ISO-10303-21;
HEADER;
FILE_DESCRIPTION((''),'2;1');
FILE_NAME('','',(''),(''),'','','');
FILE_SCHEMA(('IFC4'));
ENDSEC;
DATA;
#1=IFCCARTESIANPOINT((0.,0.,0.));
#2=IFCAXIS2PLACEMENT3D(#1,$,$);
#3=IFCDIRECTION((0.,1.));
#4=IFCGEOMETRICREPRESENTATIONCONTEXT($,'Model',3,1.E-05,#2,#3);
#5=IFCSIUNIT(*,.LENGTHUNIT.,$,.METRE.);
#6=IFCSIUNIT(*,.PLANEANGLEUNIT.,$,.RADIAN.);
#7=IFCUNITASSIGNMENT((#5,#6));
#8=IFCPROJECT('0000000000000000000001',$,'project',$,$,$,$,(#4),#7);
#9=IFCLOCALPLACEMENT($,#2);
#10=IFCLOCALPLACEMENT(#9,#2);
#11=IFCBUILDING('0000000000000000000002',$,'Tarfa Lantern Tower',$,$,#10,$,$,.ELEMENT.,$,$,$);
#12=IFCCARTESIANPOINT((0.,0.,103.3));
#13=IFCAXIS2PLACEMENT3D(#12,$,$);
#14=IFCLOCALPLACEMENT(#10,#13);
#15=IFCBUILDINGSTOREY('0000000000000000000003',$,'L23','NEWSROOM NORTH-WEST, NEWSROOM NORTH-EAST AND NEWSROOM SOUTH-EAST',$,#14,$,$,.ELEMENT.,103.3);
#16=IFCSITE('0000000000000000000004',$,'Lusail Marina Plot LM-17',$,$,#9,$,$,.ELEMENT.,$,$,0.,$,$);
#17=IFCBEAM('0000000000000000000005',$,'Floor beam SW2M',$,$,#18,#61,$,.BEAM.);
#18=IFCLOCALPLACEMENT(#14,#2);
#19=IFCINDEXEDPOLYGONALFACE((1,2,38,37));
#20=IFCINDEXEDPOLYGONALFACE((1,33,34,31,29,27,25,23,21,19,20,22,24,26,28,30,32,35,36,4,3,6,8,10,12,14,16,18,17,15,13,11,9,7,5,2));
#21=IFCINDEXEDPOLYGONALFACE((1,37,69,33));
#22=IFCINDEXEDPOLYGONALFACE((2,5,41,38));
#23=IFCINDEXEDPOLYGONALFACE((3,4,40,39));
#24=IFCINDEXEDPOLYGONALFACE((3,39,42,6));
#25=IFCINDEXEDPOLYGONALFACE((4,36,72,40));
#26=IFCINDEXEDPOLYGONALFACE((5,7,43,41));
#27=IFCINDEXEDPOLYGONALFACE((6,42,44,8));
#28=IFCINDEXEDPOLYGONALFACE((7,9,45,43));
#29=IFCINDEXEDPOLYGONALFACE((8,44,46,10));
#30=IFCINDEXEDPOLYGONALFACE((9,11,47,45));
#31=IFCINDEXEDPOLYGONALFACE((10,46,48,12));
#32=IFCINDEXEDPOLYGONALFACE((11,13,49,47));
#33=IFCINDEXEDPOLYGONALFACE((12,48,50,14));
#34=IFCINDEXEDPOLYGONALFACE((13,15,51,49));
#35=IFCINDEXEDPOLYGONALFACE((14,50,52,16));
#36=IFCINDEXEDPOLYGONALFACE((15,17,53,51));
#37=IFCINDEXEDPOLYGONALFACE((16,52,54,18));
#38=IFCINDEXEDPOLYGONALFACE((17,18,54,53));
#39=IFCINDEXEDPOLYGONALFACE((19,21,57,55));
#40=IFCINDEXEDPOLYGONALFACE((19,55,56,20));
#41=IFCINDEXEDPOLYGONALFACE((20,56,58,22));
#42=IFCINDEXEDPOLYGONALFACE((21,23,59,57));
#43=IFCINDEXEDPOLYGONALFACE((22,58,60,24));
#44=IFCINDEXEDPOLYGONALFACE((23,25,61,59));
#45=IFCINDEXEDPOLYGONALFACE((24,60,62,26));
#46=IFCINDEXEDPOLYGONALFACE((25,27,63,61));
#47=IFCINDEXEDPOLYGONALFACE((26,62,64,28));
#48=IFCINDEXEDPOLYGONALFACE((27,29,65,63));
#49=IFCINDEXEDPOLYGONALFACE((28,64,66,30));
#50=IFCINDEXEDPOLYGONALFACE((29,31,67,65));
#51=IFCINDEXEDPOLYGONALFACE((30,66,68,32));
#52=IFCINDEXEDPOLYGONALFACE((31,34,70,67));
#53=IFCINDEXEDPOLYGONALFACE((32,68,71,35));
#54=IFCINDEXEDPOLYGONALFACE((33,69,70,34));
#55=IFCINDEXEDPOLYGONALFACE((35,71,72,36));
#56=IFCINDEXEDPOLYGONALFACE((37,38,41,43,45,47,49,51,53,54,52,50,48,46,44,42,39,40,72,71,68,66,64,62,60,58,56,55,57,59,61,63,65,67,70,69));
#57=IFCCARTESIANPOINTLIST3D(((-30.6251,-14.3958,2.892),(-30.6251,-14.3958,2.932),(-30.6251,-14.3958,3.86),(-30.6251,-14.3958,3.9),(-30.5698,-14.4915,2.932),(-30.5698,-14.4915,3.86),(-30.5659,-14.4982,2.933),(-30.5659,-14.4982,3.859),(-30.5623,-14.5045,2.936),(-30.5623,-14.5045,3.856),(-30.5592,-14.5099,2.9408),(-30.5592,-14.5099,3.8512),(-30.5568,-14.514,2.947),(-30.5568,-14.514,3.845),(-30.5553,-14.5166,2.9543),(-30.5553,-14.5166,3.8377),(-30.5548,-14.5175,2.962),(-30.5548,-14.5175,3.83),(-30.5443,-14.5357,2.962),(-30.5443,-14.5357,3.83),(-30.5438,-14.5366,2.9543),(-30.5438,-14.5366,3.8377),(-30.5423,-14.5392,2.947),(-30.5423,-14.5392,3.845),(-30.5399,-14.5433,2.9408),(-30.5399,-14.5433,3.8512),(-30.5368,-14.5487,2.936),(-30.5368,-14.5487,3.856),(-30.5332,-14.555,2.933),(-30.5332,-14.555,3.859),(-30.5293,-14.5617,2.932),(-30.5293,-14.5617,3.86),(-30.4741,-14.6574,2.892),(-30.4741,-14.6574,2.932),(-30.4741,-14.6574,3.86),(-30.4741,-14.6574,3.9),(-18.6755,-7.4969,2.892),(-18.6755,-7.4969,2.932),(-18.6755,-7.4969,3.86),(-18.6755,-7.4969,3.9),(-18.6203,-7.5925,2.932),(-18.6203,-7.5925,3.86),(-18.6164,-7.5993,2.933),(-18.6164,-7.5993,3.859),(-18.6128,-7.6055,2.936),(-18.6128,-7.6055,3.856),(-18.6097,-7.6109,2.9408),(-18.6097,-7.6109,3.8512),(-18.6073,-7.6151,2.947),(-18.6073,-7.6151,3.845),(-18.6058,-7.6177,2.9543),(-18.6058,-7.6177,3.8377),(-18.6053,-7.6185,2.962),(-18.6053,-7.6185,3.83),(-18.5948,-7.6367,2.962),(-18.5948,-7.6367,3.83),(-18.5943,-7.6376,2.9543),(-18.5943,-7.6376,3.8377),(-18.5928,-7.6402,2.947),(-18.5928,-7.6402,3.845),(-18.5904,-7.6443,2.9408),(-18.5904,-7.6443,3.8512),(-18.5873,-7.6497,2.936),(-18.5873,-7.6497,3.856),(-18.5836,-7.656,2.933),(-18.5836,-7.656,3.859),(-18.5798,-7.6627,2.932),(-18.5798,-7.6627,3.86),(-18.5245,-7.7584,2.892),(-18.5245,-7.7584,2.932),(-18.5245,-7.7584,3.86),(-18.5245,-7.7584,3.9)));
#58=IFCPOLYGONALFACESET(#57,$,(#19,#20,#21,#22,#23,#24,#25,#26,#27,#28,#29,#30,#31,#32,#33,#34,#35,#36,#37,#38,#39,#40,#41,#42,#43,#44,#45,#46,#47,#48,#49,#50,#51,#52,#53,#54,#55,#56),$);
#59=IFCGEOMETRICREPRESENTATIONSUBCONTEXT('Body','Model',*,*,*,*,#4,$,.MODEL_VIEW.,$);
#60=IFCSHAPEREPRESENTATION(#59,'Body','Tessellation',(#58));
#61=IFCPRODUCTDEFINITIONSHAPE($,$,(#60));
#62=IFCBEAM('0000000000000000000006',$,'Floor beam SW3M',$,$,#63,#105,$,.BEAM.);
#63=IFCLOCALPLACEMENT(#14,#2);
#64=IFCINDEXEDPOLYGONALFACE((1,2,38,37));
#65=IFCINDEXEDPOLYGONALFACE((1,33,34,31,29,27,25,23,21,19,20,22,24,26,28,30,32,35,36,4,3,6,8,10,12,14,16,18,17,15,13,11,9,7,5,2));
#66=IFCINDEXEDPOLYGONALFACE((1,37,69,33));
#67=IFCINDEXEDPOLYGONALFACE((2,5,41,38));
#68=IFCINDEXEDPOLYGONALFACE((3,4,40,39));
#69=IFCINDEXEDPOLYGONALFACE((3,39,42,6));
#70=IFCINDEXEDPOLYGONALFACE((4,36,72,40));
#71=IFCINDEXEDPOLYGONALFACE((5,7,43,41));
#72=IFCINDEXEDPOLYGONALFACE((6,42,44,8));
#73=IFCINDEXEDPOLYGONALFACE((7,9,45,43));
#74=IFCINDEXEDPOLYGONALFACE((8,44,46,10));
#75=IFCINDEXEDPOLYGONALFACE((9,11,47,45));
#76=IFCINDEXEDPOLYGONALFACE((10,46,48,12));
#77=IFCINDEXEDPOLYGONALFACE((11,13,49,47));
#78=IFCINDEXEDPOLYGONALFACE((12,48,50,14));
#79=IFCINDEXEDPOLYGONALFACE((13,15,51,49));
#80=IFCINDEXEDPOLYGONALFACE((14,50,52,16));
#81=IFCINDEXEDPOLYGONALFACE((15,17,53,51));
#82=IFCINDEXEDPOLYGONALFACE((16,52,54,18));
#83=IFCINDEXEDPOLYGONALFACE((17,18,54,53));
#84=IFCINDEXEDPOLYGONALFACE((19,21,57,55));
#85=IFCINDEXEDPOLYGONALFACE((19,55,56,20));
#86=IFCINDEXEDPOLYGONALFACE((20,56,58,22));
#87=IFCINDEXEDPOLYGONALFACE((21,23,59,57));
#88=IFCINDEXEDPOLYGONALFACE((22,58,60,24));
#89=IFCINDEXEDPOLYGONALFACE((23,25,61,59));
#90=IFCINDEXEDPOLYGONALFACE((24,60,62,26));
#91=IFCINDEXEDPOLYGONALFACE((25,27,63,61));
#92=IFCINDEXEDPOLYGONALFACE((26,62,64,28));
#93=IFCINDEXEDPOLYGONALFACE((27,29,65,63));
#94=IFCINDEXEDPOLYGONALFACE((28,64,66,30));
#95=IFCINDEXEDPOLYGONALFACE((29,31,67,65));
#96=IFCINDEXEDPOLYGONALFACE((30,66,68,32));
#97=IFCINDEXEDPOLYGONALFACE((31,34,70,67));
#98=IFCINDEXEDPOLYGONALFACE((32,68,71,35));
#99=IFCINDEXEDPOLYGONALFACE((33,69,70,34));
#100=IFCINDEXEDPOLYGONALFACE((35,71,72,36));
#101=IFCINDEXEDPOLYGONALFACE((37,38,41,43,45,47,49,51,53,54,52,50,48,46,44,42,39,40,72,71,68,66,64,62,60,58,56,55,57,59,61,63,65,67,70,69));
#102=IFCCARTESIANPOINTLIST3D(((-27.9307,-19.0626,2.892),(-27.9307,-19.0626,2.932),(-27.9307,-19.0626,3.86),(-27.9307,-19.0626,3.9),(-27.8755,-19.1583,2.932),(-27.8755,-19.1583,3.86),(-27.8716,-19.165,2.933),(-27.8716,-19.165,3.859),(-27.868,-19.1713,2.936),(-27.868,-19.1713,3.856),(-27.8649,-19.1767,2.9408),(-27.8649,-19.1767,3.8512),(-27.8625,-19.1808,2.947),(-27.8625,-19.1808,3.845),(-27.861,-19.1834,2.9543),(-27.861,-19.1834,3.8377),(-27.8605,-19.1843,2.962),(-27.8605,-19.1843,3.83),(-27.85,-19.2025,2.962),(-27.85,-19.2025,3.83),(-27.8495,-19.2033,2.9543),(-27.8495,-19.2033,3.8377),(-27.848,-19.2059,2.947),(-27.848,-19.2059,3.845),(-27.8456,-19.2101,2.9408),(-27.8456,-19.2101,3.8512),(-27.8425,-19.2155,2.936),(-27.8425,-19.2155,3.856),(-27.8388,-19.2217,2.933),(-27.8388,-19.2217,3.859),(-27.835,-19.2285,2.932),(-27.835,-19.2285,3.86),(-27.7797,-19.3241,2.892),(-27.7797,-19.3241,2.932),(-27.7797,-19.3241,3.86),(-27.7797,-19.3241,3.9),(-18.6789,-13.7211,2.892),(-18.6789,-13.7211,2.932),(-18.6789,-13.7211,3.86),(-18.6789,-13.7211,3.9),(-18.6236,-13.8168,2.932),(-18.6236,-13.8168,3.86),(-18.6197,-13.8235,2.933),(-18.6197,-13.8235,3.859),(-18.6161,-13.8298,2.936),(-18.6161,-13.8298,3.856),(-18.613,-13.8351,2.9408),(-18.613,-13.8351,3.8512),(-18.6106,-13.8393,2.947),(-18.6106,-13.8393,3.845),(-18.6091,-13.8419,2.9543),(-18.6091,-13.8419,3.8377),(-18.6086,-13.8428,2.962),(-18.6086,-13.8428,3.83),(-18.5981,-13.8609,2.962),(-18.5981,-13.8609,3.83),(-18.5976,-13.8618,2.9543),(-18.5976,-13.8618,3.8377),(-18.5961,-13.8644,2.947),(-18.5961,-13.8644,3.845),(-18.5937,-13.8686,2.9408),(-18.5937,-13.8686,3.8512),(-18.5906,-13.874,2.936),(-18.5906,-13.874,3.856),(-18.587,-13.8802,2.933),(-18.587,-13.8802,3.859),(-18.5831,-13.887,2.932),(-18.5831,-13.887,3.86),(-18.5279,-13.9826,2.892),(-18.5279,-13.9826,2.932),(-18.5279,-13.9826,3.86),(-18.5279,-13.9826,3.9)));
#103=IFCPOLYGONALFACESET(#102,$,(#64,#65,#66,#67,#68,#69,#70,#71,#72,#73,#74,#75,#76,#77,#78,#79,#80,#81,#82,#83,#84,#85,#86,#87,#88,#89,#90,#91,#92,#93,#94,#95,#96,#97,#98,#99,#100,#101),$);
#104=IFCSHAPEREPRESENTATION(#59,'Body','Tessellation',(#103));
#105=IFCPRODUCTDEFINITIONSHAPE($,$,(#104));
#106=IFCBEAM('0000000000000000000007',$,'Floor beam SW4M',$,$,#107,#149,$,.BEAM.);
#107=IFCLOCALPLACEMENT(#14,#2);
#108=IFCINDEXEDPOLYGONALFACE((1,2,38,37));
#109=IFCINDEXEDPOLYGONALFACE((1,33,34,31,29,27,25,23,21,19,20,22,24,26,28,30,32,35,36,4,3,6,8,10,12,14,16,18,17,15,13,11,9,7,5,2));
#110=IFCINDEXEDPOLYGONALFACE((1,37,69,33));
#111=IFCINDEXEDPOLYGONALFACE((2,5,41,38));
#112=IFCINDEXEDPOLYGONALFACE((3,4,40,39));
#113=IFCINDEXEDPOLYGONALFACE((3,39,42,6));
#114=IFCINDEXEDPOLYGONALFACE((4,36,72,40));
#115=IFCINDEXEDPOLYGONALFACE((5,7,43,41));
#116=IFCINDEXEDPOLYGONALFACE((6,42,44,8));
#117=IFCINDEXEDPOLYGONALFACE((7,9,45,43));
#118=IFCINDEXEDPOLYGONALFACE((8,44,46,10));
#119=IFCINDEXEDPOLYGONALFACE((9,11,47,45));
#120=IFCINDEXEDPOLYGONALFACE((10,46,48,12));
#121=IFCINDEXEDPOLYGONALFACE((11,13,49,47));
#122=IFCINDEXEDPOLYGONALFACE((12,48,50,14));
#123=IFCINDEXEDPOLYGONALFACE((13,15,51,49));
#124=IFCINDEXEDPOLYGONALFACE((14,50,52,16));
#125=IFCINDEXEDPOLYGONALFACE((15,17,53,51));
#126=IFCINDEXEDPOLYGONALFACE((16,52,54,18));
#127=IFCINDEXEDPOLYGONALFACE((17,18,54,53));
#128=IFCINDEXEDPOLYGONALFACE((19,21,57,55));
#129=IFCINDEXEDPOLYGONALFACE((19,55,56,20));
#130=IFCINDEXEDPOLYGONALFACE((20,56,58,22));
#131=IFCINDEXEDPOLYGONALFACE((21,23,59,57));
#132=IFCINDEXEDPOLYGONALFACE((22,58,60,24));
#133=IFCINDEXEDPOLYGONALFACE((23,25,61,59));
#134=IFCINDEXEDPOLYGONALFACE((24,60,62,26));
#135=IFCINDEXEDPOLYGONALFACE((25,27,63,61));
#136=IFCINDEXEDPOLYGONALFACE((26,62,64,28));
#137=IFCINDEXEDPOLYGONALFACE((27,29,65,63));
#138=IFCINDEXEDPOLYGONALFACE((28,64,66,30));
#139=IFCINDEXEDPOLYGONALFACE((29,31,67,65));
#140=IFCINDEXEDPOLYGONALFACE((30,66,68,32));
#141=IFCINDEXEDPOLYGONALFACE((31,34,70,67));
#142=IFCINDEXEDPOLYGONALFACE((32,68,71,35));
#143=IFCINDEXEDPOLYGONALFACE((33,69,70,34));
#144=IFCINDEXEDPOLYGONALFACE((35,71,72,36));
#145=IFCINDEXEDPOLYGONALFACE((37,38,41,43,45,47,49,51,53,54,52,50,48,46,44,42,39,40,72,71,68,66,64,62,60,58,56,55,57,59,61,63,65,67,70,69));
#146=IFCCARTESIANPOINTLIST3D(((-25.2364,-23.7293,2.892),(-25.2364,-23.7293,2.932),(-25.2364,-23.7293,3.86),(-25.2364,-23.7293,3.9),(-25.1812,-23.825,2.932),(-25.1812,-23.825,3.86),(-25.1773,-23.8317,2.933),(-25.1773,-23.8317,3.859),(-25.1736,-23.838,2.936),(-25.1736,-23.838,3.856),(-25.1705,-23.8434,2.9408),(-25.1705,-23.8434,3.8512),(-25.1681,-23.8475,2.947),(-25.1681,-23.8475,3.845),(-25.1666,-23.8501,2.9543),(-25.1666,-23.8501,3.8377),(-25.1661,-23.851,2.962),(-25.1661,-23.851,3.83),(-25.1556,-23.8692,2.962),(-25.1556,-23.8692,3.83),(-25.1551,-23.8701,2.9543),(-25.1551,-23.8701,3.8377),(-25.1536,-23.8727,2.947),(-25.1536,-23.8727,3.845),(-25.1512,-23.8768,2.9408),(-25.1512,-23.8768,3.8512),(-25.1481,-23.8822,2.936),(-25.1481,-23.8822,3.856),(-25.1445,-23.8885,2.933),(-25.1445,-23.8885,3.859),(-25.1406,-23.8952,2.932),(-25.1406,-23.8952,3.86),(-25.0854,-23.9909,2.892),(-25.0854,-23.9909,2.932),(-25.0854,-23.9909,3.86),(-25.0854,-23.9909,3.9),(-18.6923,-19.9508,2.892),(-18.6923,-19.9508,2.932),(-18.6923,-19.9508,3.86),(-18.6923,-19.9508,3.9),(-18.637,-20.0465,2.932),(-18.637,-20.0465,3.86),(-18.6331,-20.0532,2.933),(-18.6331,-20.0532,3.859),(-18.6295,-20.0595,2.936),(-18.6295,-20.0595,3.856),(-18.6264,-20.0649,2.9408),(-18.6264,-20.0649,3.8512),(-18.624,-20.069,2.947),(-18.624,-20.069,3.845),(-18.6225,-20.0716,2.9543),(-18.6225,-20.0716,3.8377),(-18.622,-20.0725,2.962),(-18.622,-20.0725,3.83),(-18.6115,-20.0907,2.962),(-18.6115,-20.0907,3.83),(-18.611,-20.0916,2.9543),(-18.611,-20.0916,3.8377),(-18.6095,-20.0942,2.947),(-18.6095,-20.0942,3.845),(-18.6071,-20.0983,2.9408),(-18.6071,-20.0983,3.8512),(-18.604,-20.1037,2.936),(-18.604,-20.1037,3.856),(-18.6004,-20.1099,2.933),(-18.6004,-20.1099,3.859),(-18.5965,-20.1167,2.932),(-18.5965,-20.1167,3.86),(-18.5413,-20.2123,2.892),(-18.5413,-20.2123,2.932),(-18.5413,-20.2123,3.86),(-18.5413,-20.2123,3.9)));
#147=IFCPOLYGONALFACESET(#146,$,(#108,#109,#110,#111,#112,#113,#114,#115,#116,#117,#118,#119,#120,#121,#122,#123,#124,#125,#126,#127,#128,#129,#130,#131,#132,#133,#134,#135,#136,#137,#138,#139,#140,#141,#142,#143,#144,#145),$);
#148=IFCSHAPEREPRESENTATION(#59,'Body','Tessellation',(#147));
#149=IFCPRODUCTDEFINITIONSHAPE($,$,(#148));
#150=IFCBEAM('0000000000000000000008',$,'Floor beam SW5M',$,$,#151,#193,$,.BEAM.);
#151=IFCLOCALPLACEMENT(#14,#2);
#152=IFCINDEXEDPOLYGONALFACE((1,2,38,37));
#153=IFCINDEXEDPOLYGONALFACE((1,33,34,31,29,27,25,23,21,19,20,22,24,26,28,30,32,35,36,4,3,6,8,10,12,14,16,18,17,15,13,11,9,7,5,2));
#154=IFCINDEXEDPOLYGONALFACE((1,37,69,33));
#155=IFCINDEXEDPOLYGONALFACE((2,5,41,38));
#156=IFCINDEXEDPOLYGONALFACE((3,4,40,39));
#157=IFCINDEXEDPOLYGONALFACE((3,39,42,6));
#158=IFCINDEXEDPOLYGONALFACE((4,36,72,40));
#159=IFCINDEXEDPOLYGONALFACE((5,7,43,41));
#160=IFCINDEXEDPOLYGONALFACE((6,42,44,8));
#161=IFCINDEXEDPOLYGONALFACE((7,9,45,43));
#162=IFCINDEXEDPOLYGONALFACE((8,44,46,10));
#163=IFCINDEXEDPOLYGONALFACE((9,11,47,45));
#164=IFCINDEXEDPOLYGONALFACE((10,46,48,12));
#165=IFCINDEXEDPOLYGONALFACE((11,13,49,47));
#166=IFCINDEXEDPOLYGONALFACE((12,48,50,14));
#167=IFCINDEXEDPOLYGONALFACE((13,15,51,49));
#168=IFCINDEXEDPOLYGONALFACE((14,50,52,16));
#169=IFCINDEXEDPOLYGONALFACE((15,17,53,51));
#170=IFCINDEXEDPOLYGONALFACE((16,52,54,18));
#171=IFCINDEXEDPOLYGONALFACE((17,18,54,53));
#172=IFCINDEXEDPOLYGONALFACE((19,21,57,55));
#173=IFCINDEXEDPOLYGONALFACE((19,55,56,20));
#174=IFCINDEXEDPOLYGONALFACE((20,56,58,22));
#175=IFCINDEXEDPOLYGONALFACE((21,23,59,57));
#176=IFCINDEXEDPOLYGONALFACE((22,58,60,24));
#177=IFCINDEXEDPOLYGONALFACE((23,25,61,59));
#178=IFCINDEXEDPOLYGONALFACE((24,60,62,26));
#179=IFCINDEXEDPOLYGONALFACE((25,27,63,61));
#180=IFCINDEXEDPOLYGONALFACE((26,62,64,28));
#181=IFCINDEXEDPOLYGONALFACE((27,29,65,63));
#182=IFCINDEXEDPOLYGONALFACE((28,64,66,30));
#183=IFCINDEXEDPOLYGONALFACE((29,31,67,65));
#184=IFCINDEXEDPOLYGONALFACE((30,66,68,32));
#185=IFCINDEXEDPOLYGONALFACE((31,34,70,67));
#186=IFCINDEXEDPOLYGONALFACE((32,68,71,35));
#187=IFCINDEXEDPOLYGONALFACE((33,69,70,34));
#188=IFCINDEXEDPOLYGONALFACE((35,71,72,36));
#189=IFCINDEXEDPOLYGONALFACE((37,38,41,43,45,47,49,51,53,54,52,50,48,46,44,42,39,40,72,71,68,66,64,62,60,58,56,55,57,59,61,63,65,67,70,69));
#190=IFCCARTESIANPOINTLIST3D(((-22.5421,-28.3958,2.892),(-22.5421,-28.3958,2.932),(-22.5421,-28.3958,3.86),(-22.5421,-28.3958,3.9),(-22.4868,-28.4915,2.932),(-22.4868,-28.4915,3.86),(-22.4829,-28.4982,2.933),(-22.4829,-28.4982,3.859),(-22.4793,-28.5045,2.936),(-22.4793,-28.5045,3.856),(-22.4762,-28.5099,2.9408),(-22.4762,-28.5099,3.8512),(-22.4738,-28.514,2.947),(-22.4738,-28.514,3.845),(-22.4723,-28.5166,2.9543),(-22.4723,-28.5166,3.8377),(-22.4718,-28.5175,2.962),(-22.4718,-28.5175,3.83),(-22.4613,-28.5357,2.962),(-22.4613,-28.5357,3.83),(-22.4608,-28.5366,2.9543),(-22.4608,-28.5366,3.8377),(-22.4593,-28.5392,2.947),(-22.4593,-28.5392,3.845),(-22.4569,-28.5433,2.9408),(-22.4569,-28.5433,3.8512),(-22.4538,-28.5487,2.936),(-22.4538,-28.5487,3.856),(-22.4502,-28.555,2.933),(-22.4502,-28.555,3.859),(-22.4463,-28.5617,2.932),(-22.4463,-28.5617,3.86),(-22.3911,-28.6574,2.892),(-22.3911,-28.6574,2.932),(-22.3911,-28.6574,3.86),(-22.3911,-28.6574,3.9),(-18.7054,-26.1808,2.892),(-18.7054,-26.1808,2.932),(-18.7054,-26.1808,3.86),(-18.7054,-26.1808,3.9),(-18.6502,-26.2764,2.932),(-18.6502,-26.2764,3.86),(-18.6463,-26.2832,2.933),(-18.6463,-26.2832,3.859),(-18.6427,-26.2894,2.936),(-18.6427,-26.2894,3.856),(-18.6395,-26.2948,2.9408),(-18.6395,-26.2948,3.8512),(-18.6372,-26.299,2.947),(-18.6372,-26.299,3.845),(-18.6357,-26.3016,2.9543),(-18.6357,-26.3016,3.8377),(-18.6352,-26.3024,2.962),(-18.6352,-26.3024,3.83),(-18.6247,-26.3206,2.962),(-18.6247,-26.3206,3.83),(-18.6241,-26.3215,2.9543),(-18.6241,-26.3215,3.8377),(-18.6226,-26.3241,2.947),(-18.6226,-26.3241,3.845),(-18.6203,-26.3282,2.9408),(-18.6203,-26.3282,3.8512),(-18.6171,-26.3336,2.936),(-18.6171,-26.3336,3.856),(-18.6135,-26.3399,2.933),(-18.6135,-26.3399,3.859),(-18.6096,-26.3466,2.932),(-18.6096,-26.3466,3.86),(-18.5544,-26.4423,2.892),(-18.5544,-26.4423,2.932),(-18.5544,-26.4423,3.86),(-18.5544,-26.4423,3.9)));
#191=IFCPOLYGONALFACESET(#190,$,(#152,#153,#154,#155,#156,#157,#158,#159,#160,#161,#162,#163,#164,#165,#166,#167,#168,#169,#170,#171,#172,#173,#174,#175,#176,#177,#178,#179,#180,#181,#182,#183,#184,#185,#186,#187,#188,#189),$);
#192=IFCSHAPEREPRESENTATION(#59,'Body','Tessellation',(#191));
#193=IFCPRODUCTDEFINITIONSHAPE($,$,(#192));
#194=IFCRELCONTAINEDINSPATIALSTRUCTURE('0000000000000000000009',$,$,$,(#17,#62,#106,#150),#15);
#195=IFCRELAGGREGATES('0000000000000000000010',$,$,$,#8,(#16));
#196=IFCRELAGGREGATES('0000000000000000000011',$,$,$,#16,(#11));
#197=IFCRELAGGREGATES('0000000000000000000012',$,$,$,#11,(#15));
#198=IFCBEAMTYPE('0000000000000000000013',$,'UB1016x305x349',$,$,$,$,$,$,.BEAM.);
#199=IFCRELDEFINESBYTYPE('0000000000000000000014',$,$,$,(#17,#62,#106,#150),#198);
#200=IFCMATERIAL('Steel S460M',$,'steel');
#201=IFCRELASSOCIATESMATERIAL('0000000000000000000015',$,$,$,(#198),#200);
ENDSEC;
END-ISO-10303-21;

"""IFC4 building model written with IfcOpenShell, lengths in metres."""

from ifc_helpers import new_model, si_unit, direction, frame, origin, origin_2d, place, context, subcontext, project, spatial, i_section, extrude, material, material_profile, profile_set, type_object, element, save


model = new_model("IFC4")

# Units and contexts
model_context = context("Model", 3, precision=1e-05, world=origin(), true_north=direction((0.0, 1.0)))
body_context = subcontext(model_context, "Body", "Model", "MODEL_VIEW")
ifc_project = project(units=[si_unit("LENGTHUNIT", "METRE"), si_unit("PLANEANGLEUNIT", "RADIAN")], contexts=[model_context])

# Site, building, storey
site_placement = place(None, origin())
site = spatial("IfcSite", under=ifc_project, at=site_placement, Name="Lusail Marina Plot LM-17", CompositionType="ELEMENT", RefElevation=0.0)
building_placement = place(site_placement, origin())
building = spatial("IfcBuilding", under=site, at=building_placement, Name="Tarfa Lantern Tower", CompositionType="ELEMENT")
storey_placement = place(building_placement, frame((0.0, 0.0, 103.3)))
storey = spatial("IfcBuildingStorey", under=building, at=storey_placement, Name="L23", Description="NEWSROOM NORTH-WEST, NEWSROOM NORTH-EAST AND NEWSROOM SOUTH-EAST", CompositionType="ELEMENT", Elevation=103.3)

# Beams
ifc_material_1 = material(Name="Steel S460M", Category="steel")
ifc_material_profile_1 = material_profile(ifc_material_1, i_section(OverallWidth=0.302, OverallDepth=1.0081, WebThickness=0.021, FlangeThickness=0.04, FilletRadius=0.03, at=origin_2d()), Name="UB1016x305x349")
ifc_profile_set_1 = profile_set([ifc_material_profile_1], Name="Steel S460M")
beam_type_1 = type_object("IfcBeamType", Name="UB1016x305x349", PredefinedType="BEAM", material=ifc_profile_set_1)
beam_1_placement = place(storey_placement, frame((-30.5496, -14.5266, 3.396), z_axis=(0.866029, 0.499995, 0.0), x_axis=(-0.499995, 0.866029, 0.0)))
element("IfcBeam", 1, at=beam_1_placement, inside=storey, type_object=beam_type_1, Name="Floor beam SW2M", PredefinedType="BEAM", context=body_context, shape_type="SweptSolid", body=[
    extrude(i_section(OverallWidth=0.302, OverallDepth=1.0081, WebThickness=0.021, FlangeThickness=0.04, FilletRadius=0.03, at=origin_2d()), origin(), (0.0, 0.0, 1.0), 13.7981),
])
beam_2_placement = place(storey_placement, frame((-27.8552, -19.1934, 3.396), z_axis=(0.866028, 0.499995, 0.0), x_axis=(-0.499995, 0.866028, 0.0)))
element("IfcBeam", 2, at=beam_2_placement, inside=storey, type_object=beam_type_1, Name="Floor beam SW3M", PredefinedType="BEAM", context=body_context, shape_type="SweptSolid", body=[
    extrude(i_section(OverallWidth=0.302, OverallDepth=1.0081, WebThickness=0.021, FlangeThickness=0.04, FilletRadius=0.03, at=origin_2d()), origin(), (0.0, 0.0, 1.0), 10.6831),
])
beam_3_placement = place(storey_placement, frame((-25.1609, -23.8601, 3.396), z_axis=(0.86601, 0.500027, 0.0), x_axis=(-0.500027, 0.86601, 0.0)))
element("IfcBeam", 3, at=beam_3_placement, inside=storey, type_object=beam_type_1, Name="Floor beam SW4M", PredefinedType="BEAM", context=body_context, shape_type="SweptSolid", body=[
    extrude(i_section(OverallWidth=0.302, OverallDepth=1.0081, WebThickness=0.021, FlangeThickness=0.04, FilletRadius=0.03, at=origin_2d()), origin(), (0.0, 0.0, 1.0), 7.5566),
])
beam_4_placement = place(storey_placement, frame((-22.4666, -28.5266, 3.396), z_axis=(0.866027, 0.499998, 0.0), x_axis=(-0.499998, 0.866027, 0.0)))
element("IfcBeam", 4, at=beam_4_placement, inside=storey, type_object=beam_type_1, Name="Floor beam SW5M", PredefinedType="BEAM", context=body_context, shape_type="SweptSolid", body=[
    extrude(i_section(OverallWidth=0.302, OverallDepth=1.0081, WebThickness=0.021, FlangeThickness=0.04, FilletRadius=0.03, at=origin_2d()), origin(), (0.0, 0.0, 1.0), 4.4302),
])

save(model, "model.ifc")
